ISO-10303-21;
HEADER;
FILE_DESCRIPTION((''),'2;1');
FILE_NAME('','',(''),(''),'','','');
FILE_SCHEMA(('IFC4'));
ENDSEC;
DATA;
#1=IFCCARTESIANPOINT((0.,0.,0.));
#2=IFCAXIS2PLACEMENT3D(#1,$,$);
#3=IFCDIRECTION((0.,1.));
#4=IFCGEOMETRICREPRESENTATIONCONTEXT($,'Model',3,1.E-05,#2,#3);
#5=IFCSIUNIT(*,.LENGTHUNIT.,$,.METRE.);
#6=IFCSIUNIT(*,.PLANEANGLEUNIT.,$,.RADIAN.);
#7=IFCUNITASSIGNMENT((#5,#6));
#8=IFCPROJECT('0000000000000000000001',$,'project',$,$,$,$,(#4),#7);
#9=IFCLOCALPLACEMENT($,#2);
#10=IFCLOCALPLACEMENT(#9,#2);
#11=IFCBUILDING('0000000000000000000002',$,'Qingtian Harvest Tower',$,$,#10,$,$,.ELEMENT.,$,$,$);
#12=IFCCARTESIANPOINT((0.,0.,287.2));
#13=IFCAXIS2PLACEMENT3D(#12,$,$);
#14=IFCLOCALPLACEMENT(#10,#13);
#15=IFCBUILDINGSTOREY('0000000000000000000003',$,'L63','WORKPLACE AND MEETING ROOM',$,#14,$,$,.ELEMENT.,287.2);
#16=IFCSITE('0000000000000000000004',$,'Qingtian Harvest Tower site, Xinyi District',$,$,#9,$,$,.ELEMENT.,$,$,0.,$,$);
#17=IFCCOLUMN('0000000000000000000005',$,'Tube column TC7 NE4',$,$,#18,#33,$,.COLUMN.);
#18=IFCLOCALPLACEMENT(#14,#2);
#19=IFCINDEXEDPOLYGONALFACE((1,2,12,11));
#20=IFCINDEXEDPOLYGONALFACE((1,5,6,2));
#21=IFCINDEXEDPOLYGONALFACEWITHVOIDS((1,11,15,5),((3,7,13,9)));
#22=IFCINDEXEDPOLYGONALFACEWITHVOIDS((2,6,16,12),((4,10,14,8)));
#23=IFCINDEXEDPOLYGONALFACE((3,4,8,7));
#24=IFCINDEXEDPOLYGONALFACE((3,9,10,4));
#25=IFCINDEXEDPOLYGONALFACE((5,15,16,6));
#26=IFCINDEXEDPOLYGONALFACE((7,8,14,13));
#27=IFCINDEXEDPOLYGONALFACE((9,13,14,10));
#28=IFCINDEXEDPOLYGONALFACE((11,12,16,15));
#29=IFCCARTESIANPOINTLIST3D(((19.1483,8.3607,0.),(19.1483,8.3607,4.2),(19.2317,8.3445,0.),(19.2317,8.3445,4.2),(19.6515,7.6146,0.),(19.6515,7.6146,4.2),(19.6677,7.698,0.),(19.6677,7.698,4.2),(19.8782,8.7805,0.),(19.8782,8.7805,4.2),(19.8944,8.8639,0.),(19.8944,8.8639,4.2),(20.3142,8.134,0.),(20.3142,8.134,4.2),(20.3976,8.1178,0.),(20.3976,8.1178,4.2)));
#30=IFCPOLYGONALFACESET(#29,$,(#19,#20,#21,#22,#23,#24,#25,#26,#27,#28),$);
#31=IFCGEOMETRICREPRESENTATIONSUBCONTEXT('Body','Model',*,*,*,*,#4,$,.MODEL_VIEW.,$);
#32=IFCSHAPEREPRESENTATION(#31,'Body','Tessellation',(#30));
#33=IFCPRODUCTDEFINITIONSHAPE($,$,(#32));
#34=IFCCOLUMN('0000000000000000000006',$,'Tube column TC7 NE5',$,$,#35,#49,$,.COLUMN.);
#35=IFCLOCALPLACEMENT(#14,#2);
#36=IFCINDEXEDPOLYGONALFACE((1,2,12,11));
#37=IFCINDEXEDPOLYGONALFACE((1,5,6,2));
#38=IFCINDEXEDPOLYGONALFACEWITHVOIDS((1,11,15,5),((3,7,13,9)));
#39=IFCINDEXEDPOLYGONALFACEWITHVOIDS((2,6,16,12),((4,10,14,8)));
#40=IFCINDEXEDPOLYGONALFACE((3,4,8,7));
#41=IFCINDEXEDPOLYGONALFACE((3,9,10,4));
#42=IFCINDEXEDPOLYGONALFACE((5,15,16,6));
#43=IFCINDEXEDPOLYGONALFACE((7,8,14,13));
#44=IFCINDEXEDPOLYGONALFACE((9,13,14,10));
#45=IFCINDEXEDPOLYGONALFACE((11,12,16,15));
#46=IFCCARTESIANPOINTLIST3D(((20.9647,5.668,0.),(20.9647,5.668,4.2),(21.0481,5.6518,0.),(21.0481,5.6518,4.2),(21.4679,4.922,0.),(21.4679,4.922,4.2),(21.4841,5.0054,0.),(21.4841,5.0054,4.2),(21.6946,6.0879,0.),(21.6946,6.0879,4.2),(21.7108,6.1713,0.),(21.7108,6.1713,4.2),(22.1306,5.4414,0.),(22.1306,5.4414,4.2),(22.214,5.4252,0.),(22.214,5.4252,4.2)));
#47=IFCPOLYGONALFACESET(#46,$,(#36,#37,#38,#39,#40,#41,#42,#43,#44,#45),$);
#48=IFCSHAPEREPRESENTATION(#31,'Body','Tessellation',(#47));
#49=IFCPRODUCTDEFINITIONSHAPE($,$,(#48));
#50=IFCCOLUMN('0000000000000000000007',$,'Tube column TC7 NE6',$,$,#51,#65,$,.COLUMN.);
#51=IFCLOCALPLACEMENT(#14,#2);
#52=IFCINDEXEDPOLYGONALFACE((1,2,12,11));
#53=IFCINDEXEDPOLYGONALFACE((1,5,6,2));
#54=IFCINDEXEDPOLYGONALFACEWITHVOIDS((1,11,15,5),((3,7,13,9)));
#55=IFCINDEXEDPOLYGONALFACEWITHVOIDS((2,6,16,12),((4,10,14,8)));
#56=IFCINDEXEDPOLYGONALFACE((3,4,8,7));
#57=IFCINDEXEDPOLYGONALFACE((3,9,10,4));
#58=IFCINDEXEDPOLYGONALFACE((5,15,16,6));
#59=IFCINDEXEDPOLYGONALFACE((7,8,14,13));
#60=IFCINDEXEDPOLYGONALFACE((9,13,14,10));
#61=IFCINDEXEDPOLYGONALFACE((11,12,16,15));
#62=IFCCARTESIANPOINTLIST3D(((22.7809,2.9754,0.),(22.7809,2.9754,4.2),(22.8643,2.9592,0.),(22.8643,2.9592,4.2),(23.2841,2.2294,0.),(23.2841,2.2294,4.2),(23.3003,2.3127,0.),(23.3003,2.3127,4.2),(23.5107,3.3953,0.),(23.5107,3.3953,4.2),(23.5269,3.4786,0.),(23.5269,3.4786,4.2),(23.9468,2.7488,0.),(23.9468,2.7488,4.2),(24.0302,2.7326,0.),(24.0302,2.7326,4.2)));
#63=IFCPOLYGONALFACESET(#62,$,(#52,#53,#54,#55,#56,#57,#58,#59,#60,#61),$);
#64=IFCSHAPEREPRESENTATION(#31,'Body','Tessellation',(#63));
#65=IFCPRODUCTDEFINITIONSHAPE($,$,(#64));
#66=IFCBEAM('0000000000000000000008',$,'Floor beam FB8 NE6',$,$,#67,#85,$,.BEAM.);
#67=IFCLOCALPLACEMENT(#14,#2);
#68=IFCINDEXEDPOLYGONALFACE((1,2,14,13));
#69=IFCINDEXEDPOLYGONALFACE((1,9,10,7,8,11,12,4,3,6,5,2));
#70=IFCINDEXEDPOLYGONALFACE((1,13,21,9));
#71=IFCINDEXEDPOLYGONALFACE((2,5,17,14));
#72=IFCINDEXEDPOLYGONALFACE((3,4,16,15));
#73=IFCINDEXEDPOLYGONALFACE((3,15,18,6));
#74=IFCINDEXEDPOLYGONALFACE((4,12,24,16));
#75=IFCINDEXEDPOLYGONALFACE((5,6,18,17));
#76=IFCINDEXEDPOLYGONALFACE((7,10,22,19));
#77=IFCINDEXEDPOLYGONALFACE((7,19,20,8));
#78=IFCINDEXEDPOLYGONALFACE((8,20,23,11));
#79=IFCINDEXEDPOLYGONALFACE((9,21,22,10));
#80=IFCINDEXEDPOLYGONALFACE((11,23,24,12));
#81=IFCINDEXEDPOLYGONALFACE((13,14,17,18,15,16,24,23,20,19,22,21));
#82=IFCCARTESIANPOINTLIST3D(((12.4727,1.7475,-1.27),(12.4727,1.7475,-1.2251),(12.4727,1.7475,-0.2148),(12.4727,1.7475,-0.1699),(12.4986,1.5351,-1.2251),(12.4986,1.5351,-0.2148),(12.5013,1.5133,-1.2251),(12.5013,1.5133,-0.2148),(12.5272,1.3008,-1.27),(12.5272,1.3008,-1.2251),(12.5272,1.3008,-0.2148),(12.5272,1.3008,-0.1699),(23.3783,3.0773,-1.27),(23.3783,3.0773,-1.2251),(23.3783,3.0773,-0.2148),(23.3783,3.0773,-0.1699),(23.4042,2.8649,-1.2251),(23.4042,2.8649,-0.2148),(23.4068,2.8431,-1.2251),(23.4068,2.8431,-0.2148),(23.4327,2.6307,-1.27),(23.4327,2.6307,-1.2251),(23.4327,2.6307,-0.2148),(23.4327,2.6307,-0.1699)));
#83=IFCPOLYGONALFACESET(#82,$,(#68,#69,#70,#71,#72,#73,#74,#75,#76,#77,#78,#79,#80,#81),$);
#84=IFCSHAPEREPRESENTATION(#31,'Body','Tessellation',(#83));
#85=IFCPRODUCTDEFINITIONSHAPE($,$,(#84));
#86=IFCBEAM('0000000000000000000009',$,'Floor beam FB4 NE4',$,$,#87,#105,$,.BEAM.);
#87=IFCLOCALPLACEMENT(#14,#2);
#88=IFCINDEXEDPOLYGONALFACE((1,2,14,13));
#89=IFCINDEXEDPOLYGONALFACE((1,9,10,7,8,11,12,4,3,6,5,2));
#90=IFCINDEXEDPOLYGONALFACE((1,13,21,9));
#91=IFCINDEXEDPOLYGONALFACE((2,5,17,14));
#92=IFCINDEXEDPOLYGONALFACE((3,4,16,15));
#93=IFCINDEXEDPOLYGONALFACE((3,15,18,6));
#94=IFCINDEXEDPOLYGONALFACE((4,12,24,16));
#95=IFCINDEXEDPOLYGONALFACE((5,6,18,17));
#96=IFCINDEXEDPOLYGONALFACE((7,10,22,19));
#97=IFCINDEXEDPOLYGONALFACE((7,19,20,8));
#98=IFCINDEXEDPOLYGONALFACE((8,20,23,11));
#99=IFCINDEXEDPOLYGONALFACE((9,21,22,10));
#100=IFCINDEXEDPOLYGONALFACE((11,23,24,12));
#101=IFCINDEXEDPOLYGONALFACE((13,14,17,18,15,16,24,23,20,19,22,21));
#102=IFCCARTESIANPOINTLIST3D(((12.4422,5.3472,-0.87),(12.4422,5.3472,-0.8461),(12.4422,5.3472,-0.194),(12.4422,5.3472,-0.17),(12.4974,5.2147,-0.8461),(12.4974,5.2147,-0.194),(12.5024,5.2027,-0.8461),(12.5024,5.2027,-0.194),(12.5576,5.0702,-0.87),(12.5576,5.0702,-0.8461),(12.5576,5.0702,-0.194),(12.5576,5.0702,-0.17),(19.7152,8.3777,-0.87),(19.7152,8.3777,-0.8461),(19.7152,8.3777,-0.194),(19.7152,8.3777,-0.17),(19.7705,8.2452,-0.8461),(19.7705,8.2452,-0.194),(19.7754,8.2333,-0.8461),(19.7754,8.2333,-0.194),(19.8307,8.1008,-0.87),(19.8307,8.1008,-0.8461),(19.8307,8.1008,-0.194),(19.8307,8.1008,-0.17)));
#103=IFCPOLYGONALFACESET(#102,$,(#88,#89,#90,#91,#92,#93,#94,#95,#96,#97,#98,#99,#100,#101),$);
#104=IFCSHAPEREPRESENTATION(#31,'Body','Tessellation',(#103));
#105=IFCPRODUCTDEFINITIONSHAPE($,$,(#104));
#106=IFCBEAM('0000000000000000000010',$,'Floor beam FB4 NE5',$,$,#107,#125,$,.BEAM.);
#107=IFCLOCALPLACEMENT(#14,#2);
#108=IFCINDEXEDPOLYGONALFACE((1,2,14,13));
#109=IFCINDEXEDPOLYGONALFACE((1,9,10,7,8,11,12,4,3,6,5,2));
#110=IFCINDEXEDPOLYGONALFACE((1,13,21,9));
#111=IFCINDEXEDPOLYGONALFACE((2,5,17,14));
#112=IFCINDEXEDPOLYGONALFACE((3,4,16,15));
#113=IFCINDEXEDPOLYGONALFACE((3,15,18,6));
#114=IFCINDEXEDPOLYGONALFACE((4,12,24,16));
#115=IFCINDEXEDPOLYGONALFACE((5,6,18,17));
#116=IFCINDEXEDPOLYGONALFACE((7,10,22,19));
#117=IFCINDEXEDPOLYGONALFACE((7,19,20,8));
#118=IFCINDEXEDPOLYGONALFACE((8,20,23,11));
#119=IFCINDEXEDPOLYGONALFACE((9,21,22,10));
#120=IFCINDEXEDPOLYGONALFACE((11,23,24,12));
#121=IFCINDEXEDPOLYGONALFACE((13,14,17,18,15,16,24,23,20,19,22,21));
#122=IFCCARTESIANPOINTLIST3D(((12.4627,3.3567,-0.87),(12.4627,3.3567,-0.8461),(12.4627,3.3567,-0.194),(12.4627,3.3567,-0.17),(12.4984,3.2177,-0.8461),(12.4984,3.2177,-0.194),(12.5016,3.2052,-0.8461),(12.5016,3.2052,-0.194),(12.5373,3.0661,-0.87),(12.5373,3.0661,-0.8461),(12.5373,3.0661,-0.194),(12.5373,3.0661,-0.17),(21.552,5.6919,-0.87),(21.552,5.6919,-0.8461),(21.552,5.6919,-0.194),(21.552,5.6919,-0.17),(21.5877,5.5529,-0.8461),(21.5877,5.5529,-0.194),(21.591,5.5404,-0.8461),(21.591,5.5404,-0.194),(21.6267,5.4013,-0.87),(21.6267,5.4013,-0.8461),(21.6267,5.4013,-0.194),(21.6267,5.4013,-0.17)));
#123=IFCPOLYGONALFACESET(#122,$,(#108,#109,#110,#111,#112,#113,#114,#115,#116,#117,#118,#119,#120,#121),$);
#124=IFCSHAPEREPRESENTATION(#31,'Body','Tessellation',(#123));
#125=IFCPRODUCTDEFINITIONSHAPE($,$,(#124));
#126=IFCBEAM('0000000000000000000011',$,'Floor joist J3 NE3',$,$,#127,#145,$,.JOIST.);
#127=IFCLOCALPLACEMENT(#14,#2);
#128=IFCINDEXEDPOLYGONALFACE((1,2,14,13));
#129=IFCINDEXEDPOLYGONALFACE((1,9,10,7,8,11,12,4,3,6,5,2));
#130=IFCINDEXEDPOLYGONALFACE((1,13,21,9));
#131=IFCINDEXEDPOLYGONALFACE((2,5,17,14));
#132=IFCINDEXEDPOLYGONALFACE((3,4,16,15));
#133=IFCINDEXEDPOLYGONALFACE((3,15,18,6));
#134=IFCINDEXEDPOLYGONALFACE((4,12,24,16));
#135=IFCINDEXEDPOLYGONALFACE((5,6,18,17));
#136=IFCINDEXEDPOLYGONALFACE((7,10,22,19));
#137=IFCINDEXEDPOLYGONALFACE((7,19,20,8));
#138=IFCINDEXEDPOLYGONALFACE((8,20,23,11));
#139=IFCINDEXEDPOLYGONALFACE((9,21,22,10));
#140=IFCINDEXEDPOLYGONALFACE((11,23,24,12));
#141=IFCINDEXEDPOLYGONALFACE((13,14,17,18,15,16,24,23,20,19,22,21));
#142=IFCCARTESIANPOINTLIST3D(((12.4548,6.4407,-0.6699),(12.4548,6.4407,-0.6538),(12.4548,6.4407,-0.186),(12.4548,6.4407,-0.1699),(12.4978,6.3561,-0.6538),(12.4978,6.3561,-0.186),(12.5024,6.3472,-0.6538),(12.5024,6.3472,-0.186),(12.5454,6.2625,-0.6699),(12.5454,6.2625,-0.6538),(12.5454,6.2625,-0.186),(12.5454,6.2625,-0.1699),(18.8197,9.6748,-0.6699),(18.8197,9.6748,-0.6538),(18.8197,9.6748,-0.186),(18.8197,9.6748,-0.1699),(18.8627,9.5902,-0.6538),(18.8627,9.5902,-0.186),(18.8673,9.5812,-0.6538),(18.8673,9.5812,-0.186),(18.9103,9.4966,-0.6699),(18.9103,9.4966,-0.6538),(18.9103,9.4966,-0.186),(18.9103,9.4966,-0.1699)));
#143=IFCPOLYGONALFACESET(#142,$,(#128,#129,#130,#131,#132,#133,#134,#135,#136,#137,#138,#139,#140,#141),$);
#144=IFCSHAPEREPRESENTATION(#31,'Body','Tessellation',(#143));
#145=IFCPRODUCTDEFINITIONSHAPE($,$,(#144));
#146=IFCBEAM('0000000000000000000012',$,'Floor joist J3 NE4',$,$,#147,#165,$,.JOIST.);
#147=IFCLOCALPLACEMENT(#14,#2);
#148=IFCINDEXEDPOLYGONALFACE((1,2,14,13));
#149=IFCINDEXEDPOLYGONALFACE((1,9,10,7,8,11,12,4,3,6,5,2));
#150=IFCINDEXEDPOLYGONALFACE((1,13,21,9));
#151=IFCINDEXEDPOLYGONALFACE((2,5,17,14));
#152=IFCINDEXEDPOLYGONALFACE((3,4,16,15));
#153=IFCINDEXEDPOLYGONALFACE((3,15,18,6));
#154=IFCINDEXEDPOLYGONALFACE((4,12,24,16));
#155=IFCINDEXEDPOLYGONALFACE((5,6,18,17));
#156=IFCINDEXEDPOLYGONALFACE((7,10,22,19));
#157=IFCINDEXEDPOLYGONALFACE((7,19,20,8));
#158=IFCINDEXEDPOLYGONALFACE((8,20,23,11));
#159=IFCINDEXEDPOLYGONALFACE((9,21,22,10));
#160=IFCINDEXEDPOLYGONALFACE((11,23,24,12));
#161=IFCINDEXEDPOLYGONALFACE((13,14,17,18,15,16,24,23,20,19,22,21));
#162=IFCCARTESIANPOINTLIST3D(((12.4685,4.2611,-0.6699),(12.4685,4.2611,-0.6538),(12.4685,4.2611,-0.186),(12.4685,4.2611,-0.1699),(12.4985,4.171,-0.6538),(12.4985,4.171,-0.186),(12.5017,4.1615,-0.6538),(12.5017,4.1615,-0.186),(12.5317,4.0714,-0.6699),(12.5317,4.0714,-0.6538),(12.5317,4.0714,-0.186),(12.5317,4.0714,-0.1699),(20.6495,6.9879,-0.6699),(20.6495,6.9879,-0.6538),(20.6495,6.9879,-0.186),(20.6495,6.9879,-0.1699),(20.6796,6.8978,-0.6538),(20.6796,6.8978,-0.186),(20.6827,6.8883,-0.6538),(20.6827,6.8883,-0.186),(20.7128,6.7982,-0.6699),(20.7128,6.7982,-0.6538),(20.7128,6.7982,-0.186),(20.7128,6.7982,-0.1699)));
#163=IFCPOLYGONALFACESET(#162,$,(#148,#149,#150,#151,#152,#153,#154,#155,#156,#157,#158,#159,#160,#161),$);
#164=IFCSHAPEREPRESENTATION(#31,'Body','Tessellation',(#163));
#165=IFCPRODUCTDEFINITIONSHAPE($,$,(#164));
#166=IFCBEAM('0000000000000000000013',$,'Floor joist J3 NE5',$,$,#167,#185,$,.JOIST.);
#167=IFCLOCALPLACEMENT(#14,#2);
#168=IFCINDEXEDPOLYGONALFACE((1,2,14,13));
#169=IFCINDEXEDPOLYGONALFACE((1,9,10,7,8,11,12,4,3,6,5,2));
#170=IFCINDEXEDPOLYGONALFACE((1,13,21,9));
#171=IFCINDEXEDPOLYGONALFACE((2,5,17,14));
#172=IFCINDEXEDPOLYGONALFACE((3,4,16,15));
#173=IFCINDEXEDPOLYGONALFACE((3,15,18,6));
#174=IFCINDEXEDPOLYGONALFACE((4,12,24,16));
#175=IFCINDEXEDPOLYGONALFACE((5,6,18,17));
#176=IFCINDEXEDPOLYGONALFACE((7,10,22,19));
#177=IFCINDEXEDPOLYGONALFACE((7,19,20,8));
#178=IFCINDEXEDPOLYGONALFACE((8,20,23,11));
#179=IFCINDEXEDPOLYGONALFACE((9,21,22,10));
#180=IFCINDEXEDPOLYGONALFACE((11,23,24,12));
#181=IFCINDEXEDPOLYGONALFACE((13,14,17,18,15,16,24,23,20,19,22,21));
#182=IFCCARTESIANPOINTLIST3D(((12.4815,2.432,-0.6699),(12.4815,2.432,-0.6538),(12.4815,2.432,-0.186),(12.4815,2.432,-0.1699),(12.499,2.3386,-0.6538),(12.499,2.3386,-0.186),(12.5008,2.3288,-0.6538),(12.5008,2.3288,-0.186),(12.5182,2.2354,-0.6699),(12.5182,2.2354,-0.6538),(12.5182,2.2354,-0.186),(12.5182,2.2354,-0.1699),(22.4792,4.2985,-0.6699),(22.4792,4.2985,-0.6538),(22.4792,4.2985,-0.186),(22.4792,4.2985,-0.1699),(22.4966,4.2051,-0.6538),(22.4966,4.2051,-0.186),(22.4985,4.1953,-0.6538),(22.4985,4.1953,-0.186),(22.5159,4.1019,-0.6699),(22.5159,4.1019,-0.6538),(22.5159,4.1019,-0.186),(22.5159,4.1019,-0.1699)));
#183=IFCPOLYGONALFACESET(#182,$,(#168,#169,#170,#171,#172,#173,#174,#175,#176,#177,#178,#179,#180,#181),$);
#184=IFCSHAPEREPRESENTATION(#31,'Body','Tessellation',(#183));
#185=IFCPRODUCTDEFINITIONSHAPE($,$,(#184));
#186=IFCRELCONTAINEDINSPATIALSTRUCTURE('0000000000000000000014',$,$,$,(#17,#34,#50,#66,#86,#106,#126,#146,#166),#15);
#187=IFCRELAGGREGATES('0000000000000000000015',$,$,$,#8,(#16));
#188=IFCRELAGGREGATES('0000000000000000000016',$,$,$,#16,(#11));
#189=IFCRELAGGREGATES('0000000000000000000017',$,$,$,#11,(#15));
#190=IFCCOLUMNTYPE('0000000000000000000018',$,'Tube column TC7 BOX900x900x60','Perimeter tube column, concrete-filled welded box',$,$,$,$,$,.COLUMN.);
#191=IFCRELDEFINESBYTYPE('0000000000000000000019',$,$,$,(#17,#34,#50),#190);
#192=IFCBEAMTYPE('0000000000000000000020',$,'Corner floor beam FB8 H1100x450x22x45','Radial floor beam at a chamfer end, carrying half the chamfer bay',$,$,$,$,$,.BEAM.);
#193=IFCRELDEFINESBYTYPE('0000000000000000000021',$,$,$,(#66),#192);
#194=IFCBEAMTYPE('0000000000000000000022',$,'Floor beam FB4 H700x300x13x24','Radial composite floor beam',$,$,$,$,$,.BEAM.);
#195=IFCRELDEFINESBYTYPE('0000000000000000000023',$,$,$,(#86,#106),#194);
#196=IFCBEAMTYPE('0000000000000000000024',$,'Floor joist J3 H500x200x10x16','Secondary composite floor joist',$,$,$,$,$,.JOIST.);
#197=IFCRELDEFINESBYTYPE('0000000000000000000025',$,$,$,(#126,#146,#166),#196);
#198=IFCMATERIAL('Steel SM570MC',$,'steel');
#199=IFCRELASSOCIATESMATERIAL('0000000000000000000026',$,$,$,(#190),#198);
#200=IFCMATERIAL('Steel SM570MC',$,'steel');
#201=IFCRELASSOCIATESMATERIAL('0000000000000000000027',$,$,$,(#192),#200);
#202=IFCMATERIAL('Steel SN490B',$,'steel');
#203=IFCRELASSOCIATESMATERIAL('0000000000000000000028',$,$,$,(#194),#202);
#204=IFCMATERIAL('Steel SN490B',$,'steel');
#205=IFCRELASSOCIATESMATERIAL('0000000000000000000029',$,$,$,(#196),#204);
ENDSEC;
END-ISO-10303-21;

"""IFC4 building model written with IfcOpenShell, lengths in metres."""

from ifc_helpers import new_model, si_unit, direction, frame, origin, origin_2d, place, context, subcontext, project, spatial, hollow_rectangle, i_section, extrude, material, material_profile, profile_set, type_object, element, save


model = new_model("IFC4")

# Units and contexts
model_context = context("Model", 3, precision=1e-05, world=origin(), true_north=direction((0.0, 1.0)))
body_context = subcontext(model_context, "Body", "Model", "MODEL_VIEW")
ifc_project = project(units=[si_unit("LENGTHUNIT", "METRE"), si_unit("PLANEANGLEUNIT", "RADIAN")], contexts=[model_context])

# Site, building, storey
site_placement = place(None, origin())
site = spatial("IfcSite", under=ifc_project, at=site_placement, Name="Qingtian Harvest Tower site, Xinyi District", CompositionType="ELEMENT", RefElevation=0.0)
building_placement = place(site_placement, origin())
building = spatial("IfcBuilding", under=site, at=building_placement, Name="Qingtian Harvest Tower", CompositionType="ELEMENT")
storey_placement = place(building_placement, frame((0.0, 0.0, 287.2)))
storey = spatial("IfcBuildingStorey", under=building, at=storey_placement, Name="L63", Description="WORKPLACE AND MEETING ROOM", CompositionType="ELEMENT", Elevation=287.2)

# Columns
ifc_material_1 = material(Name="Steel SM570MC", Category="steel")
ifc_material_profile_1 = material_profile(ifc_material_1, hollow_rectangle(XDim=0.8999, YDim=0.8999, WallThickness=0.0601, at=origin_2d()), Name="BOX900x900x60")
ifc_profile_set_1 = profile_set([ifc_material_profile_1], Name="Steel SM570MC")
column_type = type_object("IfcColumnType", Name="Tube column TC7 BOX900x900x60", Description="Perimeter tube column, concrete-filled welded box", PredefinedType="COLUMN", material=ifc_profile_set_1)
for number, where, z_axis, x_axis, name in (
    (1, (19.7729, 8.2393, 0.0), (0.0, 0.0, 1.0), (-0.559193, 0.829038, 0.0), "Tube column TC7 NE4"),
    (2, (21.5894, 5.5466, 0.0), (0.0, 0.0, 1.0), (-0.559193, 0.829038, 0.0), "Tube column TC7 NE5"),
    (3, (23.4055, 2.854, 0.0), (0.0, 0.0, 1.0), (-0.559193, 0.829038, 0.0), "Tube column TC7 NE6"),
):
    element("IfcColumn", number, at=place(storey_placement, frame(where, z_axis=z_axis, x_axis=x_axis)), inside=storey, type_object=column_type, Name=name, PredefinedType="COLUMN", context=body_context, shape_type="SweptSolid", body=[
        extrude(hollow_rectangle(XDim=0.8999, YDim=0.8999, WallThickness=0.0601, at=origin_2d()), origin(), (0.0, 0.0, 1.0), 4.2),
    ])

# Beams
ifc_material_2 = material(Name="Steel SM570MC", Category="steel")
ifc_material_profile_2 = material_profile(ifc_material_2, i_section(OverallWidth=0.45, OverallDepth=1.1001, WebThickness=0.022, FlangeThickness=0.0449, at=origin_2d()), Name="H1100x450x22x45")
ifc_profile_set_2 = profile_set([ifc_material_profile_2], Name="Steel SM570MC")
beam_type_1 = type_object("IfcBeamType", Name="Corner floor beam FB8 H1100x450x22x45", Description="Radial floor beam at a chamfer end, carrying half the chamfer bay", PredefinedType="BEAM", material=ifc_profile_set_2)
beam_1_placement = place(storey_placement, frame((23.4055, 2.854, -0.72), z_axis=(-0.992647, -0.121045, 0.0), x_axis=(0.121045, -0.992647, 0.0)))
element("IfcBeam", 4, at=beam_1_placement, inside=storey, type_object=beam_type_1, Name="Floor beam FB8 NE6", PredefinedType="BEAM", context=body_context, shape_type="SweptSolid", body=[
    extrude(i_section(OverallWidth=0.45, OverallDepth=1.1001, WebThickness=0.022, FlangeThickness=0.0449, at=origin_2d()), origin(), (0.0, 0.0, 1.0), 10.9863),
])
ifc_material_3 = material(Name="Steel SN490B", Category="steel")
ifc_material_profile_3 = material_profile(ifc_material_3, i_section(OverallWidth=0.3, OverallDepth=0.7, WebThickness=0.0129, FlangeThickness=0.0239, at=origin_2d()), Name="H700x300x13x24")
ifc_profile_set_3 = profile_set([ifc_material_profile_3], Name="Steel SN490B")
beam_type_2 = type_object("IfcBeamType", Name="Floor beam FB4 H700x300x13x24", Description="Radial composite floor beam", PredefinedType="BEAM", material=ifc_profile_set_3)
beam_2_placement = place(storey_placement, frame((19.7729, 8.2393, -0.52), z_axis=(-0.923071, -0.384629, 0.0), x_axis=(0.384629, -0.923071, 0.0)))
element("IfcBeam", 5, at=beam_2_placement, inside=storey, type_object=beam_type_2, Name="Floor beam FB4 NE4", PredefinedType="BEAM", context=body_context, shape_type="SweptSolid", body=[
    extrude(i_section(OverallWidth=0.3, OverallDepth=0.7, WebThickness=0.0129, FlangeThickness=0.0239, at=origin_2d()), origin(), (0.0, 0.0, 1.0), 7.8792),
])
beam_3_placement = place(storey_placement, frame((21.5894, 5.5466, -0.52), z_axis=(-0.968546, -0.248835, 0.0), x_axis=(0.248835, -0.968546, 0.0)))
element("IfcBeam", 6, at=beam_3_placement, inside=storey, type_object=beam_type_2, Name="Floor beam FB4 NE5", PredefinedType="BEAM", context=body_context, shape_type="SweptSolid", body=[
    extrude(i_section(OverallWidth=0.3, OverallDepth=0.7, WebThickness=0.0129, FlangeThickness=0.0239, at=origin_2d()), origin(), (0.0, 0.0, 1.0), 9.3845),
])
ifc_material_4 = material(Name="Steel SN490B", Category="steel")
ifc_material_profile_4 = material_profile(ifc_material_4, i_section(OverallWidth=0.2, OverallDepth=0.5, WebThickness=0.01, FlangeThickness=0.0161, at=origin_2d()), Name="H500x200x10x16")
ifc_profile_set_4 = profile_set([ifc_material_profile_4], Name="Steel SN490B")
beam_type_3 = type_object("IfcBeamType", Name="Floor joist J3 H500x200x10x16", Description="Secondary composite floor joist", PredefinedType="JOIST", material=ifc_profile_set_4)
beam_4_placement = place(storey_placement, frame((18.865, 9.5857, -0.4199), z_axis=(-0.891516, -0.45299, 0.0), x_axis=(0.45299, -0.891516, 0.0)))
element("IfcBeam", 7, at=beam_4_placement, inside=storey, type_object=beam_type_3, Name="Floor joist J3 NE3", PredefinedType="JOIST", context=body_context, shape_type="SweptSolid", body=[
    extrude(i_section(OverallWidth=0.2, OverallDepth=0.5, WebThickness=0.01, FlangeThickness=0.0161, at=origin_2d()), origin(), (0.0, 0.0, 1.0), 7.1394),
])
beam_5_placement = place(storey_placement, frame((20.6812, 6.8931, -0.4199), z_axis=(-0.948692, -0.316202, 0.0), x_axis=(0.316202, -0.948692, 0.0)))
element("IfcBeam", 8, at=beam_5_placement, inside=storey, type_object=beam_type_3, Name="Floor joist J3 NE4", PredefinedType="JOIST", context=body_context, shape_type="SweptSolid", body=[
    extrude(i_section(OverallWidth=0.2, OverallDepth=0.5, WebThickness=0.01, FlangeThickness=0.0161, at=origin_2d()), origin(), (0.0, 0.0, 1.0), 8.6235),
])
beam_6_placement = place(storey_placement, frame((22.4976, 4.2002, -0.4199), z_axis=(-0.983016, -0.18352, 0.0), x_axis=(0.18352, -0.983016, 0.0)))
element("IfcBeam", 9, at=beam_6_placement, inside=storey, type_object=beam_type_3, Name="Floor joist J3 NE5", PredefinedType="JOIST", context=body_context, shape_type="SweptSolid", body=[
    extrude(i_section(OverallWidth=0.2, OverallDepth=0.5, WebThickness=0.01, FlangeThickness=0.0161, at=origin_2d()), origin(), (0.0, 0.0, 1.0), 10.1704),
])

save(model, "model.ifc")
